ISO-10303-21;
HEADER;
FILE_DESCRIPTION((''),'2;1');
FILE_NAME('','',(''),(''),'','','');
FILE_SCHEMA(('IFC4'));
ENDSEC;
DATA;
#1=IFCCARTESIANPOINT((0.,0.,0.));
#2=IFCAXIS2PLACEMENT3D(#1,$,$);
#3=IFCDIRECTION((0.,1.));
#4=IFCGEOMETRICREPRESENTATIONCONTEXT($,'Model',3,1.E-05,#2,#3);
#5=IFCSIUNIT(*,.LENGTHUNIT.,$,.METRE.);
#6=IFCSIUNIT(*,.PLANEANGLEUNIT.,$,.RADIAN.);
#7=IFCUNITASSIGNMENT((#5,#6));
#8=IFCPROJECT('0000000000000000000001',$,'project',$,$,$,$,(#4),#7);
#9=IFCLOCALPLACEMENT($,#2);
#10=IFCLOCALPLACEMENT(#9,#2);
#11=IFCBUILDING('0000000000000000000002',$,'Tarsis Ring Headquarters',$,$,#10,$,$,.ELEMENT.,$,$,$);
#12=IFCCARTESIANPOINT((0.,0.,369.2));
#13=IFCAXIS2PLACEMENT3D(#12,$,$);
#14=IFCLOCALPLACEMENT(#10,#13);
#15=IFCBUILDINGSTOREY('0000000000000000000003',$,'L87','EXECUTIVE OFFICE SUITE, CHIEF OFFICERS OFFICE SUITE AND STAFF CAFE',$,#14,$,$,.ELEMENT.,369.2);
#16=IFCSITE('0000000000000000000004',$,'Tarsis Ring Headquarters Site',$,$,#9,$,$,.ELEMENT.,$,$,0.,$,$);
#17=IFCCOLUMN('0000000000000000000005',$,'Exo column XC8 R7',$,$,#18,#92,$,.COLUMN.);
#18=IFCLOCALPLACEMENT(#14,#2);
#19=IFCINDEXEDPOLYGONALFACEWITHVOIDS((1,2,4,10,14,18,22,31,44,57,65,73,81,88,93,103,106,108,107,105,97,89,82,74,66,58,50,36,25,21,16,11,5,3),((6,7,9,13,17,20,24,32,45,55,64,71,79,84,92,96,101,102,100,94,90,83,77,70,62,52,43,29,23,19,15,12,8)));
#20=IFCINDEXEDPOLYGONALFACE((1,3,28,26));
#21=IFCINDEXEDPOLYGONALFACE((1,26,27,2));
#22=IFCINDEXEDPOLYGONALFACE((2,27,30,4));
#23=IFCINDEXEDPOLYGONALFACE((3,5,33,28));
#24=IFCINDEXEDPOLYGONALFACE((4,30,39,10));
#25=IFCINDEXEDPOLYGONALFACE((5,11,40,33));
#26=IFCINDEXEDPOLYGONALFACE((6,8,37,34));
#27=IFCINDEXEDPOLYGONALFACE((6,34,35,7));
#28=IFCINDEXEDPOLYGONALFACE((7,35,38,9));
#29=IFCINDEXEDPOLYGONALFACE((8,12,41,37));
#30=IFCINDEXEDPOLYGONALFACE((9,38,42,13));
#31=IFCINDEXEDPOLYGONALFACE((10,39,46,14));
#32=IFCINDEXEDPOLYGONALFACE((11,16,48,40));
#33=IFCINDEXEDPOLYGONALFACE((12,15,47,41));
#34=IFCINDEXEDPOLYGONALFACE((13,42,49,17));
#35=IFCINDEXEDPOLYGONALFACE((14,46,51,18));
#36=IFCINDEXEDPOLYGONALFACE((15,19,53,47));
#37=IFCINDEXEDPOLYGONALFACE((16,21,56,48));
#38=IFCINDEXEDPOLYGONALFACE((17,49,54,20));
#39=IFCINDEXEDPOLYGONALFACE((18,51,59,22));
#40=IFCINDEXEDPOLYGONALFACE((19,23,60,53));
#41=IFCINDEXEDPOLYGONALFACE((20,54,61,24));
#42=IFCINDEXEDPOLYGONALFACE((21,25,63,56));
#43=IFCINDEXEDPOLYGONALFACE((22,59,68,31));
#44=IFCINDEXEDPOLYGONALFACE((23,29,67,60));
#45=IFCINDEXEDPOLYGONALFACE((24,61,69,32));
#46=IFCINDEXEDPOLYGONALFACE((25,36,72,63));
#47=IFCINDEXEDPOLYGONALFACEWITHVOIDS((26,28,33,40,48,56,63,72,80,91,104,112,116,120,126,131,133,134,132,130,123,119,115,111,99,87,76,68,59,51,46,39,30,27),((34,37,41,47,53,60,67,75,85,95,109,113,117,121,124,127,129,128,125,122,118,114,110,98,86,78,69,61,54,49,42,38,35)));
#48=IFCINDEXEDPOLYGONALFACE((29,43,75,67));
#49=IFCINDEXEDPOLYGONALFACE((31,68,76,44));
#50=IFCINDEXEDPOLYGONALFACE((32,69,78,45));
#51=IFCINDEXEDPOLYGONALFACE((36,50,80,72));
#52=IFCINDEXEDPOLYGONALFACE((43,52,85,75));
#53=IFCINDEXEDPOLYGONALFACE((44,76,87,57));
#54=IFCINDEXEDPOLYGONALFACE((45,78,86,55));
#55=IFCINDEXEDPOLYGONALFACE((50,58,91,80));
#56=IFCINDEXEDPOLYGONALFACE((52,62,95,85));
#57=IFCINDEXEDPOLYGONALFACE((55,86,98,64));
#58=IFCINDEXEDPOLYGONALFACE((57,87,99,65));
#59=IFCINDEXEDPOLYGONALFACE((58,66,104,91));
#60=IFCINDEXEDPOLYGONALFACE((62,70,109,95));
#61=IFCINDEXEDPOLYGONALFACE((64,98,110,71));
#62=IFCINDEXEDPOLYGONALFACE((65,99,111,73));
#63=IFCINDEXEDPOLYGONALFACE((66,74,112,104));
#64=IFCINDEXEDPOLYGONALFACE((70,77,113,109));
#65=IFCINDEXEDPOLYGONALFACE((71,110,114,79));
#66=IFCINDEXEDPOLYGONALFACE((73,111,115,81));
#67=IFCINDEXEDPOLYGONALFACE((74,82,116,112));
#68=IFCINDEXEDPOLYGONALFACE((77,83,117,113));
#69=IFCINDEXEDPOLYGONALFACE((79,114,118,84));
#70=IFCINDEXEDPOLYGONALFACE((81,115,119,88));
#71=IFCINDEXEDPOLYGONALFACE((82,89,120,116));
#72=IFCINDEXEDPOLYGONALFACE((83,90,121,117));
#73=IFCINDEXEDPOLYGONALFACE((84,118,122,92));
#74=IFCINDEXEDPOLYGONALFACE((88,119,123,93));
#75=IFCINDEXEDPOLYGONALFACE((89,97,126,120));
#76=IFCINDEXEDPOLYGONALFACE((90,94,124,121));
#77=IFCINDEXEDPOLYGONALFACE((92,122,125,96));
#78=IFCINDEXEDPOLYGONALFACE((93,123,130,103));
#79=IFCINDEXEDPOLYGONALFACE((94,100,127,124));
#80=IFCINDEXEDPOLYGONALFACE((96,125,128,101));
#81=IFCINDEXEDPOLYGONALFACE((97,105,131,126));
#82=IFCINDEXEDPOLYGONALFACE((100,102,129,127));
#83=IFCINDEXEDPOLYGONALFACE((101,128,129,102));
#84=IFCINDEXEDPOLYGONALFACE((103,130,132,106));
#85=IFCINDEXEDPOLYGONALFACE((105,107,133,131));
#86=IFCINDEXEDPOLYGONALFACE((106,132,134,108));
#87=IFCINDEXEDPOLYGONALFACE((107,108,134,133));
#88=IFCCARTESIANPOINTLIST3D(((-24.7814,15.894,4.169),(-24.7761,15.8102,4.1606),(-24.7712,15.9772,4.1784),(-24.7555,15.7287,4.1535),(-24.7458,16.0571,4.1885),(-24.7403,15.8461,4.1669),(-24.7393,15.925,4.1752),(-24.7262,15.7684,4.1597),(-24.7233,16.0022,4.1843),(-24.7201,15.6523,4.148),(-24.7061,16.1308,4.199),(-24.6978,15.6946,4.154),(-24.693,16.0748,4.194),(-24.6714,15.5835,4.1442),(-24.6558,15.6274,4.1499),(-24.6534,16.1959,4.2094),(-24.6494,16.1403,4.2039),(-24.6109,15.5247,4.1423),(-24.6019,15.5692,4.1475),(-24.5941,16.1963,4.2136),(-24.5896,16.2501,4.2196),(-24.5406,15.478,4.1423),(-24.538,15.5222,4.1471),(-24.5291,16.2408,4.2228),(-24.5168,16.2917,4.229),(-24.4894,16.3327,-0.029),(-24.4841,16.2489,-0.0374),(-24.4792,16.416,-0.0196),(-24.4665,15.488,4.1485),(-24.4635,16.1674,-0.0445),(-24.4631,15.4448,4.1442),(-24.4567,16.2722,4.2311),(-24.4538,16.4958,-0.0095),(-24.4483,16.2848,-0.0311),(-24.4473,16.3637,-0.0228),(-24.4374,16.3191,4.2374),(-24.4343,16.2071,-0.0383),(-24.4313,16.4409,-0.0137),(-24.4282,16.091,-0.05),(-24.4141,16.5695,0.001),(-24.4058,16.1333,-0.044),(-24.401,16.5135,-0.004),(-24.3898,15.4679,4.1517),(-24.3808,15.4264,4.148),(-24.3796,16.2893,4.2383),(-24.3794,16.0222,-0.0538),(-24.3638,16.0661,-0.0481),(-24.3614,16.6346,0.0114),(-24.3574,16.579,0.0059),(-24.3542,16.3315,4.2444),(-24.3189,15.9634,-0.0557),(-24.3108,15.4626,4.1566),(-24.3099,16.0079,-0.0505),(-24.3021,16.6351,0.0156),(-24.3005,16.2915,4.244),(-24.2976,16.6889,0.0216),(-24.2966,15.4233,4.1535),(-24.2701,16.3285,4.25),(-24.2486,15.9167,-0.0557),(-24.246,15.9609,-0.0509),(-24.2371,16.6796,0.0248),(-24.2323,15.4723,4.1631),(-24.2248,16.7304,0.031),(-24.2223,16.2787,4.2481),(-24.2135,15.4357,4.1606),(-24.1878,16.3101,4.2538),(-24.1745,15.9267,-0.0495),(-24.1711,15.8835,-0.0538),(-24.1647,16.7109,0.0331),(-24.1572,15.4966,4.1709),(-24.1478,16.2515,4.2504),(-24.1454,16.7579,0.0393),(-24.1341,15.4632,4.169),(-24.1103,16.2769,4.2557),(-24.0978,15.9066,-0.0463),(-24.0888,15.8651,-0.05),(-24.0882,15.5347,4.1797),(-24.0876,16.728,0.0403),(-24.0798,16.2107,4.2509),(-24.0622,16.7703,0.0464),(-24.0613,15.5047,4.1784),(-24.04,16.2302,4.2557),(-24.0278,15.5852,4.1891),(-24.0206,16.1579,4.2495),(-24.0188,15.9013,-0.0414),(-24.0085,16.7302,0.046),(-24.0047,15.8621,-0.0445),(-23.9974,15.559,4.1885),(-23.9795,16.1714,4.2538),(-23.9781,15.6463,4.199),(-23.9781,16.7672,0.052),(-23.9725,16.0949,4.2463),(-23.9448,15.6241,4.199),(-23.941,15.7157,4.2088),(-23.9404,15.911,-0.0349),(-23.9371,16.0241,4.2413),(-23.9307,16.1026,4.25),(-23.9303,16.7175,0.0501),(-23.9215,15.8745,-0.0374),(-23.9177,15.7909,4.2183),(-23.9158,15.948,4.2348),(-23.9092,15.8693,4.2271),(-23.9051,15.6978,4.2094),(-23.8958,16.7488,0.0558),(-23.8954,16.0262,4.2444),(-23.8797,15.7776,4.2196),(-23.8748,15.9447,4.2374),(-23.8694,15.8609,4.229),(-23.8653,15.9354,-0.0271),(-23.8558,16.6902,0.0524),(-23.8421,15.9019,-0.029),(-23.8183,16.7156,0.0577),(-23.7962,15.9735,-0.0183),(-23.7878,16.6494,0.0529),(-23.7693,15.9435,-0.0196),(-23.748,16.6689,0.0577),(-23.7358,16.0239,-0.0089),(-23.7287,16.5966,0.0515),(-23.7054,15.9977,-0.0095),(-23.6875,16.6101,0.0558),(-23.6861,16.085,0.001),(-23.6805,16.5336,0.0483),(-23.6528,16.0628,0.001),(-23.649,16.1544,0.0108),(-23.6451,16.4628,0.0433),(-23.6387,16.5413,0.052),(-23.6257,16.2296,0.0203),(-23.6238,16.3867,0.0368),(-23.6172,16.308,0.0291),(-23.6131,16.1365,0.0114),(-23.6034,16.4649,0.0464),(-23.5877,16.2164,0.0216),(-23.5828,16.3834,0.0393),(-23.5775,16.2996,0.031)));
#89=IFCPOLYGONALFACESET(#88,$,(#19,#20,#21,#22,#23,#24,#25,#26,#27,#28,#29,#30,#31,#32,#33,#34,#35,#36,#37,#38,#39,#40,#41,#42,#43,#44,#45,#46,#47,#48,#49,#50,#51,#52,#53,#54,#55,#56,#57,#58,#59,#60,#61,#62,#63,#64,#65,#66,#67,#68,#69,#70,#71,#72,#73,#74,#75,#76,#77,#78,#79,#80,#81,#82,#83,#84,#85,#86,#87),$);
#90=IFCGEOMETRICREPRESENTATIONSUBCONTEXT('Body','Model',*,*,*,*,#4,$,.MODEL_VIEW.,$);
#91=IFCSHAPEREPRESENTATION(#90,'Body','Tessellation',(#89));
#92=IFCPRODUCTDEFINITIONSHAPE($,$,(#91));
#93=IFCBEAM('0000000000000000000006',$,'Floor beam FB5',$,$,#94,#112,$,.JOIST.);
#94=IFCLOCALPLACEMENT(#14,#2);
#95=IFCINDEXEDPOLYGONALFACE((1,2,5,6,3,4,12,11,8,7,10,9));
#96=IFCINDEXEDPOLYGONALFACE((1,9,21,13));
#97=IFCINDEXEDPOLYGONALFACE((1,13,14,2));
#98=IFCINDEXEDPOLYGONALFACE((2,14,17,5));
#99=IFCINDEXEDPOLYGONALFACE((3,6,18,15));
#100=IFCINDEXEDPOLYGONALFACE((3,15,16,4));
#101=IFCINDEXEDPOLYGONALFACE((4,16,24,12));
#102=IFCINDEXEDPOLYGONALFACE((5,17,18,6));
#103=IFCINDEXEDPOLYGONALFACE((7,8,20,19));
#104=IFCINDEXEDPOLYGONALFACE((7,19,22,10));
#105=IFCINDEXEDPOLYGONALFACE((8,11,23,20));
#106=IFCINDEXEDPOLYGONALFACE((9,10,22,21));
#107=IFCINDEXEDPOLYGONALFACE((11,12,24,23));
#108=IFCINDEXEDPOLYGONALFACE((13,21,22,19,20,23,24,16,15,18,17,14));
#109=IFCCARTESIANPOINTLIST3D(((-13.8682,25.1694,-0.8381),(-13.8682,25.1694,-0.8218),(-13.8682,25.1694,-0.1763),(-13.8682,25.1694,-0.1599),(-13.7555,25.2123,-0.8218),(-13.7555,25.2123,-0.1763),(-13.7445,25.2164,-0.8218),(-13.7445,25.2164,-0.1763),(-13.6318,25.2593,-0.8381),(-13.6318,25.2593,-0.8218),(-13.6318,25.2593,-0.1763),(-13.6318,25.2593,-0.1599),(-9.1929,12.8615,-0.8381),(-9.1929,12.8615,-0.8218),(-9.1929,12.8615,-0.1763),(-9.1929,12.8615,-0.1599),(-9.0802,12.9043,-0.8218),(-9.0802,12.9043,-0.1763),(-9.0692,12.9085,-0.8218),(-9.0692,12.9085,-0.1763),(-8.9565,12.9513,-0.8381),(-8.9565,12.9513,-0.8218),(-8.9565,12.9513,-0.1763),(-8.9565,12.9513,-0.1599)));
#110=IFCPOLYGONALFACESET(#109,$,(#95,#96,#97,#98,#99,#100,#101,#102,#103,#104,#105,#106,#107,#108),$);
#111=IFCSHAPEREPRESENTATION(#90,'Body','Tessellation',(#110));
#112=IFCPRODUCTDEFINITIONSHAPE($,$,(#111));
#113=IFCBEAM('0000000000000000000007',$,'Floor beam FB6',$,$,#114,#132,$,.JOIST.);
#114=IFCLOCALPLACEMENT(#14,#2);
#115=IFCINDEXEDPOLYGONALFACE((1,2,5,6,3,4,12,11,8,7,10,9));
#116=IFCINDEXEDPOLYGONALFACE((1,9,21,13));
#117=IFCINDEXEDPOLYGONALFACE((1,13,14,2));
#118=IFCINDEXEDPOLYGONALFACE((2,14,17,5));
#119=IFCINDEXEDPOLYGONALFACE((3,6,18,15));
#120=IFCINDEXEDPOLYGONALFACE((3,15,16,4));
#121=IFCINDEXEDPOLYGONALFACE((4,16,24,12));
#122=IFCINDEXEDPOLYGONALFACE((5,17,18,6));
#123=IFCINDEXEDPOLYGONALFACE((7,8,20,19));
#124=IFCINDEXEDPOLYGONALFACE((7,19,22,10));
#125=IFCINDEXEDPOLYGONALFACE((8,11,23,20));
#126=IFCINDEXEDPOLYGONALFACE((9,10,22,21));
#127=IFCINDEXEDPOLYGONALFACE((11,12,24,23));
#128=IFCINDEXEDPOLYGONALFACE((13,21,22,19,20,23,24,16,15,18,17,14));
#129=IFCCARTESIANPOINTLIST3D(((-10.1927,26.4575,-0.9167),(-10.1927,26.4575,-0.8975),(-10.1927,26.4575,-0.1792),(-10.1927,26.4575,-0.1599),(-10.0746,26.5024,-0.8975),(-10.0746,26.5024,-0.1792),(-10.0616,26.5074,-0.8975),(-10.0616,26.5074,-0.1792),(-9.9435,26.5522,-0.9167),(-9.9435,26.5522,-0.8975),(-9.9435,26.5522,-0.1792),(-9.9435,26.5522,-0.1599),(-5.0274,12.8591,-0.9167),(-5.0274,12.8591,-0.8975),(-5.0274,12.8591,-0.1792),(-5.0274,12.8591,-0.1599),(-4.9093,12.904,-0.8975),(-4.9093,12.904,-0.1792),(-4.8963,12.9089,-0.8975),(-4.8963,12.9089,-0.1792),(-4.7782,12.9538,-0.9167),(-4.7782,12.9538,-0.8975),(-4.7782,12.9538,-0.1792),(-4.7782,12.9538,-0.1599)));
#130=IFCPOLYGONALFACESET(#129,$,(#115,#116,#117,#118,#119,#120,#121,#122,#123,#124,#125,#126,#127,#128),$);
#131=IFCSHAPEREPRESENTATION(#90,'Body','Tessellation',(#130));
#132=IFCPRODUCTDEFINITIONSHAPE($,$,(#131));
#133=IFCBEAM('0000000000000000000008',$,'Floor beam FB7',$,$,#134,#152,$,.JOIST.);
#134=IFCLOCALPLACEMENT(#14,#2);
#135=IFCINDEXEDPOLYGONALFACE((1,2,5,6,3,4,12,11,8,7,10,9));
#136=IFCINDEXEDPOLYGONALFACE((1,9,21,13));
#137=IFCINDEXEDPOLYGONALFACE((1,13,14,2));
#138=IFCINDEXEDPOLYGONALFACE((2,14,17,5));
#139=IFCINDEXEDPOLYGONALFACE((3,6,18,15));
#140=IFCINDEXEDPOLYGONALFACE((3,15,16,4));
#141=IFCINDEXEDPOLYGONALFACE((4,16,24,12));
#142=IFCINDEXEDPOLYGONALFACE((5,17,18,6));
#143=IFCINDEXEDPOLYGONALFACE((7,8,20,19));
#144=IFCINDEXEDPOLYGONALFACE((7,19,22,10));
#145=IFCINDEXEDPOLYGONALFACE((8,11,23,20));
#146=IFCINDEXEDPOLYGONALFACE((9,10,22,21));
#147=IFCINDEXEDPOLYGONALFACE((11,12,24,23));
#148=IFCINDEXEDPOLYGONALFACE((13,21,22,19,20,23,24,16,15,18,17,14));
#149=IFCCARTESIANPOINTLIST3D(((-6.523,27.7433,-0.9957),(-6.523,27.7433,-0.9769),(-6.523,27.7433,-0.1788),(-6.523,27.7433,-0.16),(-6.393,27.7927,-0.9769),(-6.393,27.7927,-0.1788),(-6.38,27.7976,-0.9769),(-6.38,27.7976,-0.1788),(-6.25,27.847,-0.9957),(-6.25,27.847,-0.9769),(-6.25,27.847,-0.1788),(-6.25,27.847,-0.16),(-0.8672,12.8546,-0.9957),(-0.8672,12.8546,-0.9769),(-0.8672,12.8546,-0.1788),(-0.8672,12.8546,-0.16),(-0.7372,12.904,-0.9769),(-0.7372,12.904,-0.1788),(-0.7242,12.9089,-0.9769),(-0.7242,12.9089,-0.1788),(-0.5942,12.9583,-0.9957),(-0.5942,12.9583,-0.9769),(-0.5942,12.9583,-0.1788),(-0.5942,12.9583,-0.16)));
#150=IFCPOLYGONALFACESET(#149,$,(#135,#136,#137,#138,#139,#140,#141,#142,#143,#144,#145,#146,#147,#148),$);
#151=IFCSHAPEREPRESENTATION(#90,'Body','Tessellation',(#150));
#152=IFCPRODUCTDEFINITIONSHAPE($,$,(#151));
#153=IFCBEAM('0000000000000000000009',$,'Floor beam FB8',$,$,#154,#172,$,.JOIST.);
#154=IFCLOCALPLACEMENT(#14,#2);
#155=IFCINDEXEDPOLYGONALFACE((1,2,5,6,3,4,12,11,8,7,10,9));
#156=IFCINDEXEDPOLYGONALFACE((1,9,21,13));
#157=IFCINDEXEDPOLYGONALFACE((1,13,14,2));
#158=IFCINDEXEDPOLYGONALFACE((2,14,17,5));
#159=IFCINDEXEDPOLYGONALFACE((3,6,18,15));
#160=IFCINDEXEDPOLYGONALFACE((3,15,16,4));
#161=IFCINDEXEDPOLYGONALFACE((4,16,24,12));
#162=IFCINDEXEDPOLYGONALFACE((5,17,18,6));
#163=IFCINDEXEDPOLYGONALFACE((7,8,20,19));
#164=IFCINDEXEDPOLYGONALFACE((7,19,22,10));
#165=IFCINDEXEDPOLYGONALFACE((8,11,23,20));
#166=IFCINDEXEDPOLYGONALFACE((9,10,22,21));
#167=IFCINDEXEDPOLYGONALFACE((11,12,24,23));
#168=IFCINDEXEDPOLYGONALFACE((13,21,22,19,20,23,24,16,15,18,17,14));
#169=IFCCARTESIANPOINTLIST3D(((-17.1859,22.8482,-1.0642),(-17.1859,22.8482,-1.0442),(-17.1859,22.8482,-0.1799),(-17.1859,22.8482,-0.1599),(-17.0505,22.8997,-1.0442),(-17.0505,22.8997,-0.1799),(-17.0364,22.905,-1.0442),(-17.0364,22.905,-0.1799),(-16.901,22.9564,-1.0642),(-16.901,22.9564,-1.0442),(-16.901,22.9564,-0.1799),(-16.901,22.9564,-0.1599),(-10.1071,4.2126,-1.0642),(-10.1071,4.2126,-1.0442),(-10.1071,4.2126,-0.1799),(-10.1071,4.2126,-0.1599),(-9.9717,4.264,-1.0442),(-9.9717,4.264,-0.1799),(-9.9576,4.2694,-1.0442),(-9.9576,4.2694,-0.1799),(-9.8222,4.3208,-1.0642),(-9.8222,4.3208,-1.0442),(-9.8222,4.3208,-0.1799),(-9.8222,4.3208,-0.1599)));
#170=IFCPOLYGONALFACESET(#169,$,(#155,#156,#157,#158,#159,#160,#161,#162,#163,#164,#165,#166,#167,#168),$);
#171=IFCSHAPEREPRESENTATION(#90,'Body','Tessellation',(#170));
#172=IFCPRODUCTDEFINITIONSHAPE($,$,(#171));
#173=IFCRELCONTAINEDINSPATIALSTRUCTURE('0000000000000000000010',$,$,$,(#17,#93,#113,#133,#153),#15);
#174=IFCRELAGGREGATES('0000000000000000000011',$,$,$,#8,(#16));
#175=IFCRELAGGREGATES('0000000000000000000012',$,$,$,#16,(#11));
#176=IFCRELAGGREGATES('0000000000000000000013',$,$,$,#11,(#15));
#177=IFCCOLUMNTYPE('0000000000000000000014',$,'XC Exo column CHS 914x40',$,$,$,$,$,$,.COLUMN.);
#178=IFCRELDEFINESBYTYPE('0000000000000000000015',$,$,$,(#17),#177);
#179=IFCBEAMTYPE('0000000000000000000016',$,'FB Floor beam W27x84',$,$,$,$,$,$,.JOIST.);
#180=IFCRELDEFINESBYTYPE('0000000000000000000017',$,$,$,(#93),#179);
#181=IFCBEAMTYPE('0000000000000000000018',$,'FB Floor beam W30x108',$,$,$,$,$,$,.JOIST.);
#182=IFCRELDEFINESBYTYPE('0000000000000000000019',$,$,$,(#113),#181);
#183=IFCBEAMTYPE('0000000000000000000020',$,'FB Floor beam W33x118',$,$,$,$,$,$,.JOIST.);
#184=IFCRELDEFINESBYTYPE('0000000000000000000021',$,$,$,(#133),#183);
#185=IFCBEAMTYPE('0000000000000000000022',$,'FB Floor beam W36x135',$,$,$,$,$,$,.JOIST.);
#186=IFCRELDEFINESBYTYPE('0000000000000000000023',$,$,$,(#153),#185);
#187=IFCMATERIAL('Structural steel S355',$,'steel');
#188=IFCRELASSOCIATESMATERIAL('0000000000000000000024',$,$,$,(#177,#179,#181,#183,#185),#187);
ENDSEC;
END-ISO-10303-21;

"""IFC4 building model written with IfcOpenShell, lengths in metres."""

from ifc_helpers import new_model, si_unit, direction, frame, origin, origin_2d, place, context, subcontext, project, spatial, hollow_circle, i_section, extrude, material, material_profile, profile_set, type_object, element, save


model = new_model("IFC4")

# Units and contexts
model_context = context("Model", 3, precision=1e-05, world=origin(), true_north=direction((0.0, 1.0)))
body_context = subcontext(model_context, "Body", "Model", "MODEL_VIEW")
ifc_project = project(units=[si_unit("LENGTHUNIT", "METRE"), si_unit("PLANEANGLEUNIT", "RADIAN")], contexts=[model_context])

# Site, building, storey
site_placement = place(None, origin())
site = spatial("IfcSite", under=ifc_project, at=site_placement, Name="Tarsis Ring Headquarters Site", CompositionType="ELEMENT", RefElevation=0.0)
building_placement = place(site_placement, origin())
building = spatial("IfcBuilding", under=site, at=building_placement, Name="Tarsis Ring Headquarters", CompositionType="ELEMENT")
storey_placement = place(building_placement, frame((0.0, 0.0, 369.2)))
storey = spatial("IfcBuildingStorey", under=building, at=storey_placement, Name="L87", Description="EXECUTIVE OFFICE SUITE, CHIEF OFFICERS OFFICE SUITE AND STAFF CAFE", CompositionType="ELEMENT", Elevation=369.2)

# Column
ifc_material_1 = material(Name="Structural steel S355", Category="steel")
ifc_material_profile_1 = material_profile(ifc_material_1, hollow_circle(Radius=0.457, WallThickness=0.04, at=origin_2d()), Name="CHS 914x40")
ifc_profile_set_1 = profile_set([ifc_material_profile_1], Name="Structural steel S355")
column_type = type_object("IfcColumnType", Name="XC Exo column CHS 914x40", PredefinedType="COLUMN", material=ifc_profile_set_1)
for number, where, z_axis, x_axis, name in (
    (1, (-24.0334, 16.3162, 0.001), (-0.069013, -0.103693, 0.992212), (0.832478, -0.554059, 0.0), "Exo column XC8 R7"),
):
    element("IfcColumn", number, at=place(storey_placement, frame(where, z_axis=z_axis, x_axis=x_axis)), inside=storey, type_object=column_type, Name=name, PredefinedType="COLUMN", context=body_context, shape_type="SweptSolid", body=[
        extrude(hollow_circle(Radius=0.4573, WallThickness=0.04, at=origin_2d()), origin(), (0.0, 0.0, 1.0), 4.231),
    ])

# Beams
ifc_material_profile_2 = material_profile(ifc_material_1, i_section(OverallWidth=0.2529, OverallDepth=0.6782, WebThickness=0.0117, FlangeThickness=0.0164, at=origin_2d()), Name="W27x84")
ifc_profile_set_2 = profile_set([ifc_material_profile_2], Name="Structural steel S355")
beam_type_1 = type_object("IfcBeamType", Name="FB Floor beam W27x84", PredefinedType="JOIST", material=ifc_profile_set_2)
beam_1_placement = place(storey_placement, frame((-13.75, 25.2144, -0.499), z_axis=(0.355105, -0.934826, 0.0), x_axis=(0.934826, 0.355105, 0.0)))
element("IfcBeam", 2, at=beam_1_placement, inside=storey, type_object=beam_type_1, Name="Floor beam FB5", PredefinedType="JOIST", context=body_context, shape_type="SweptSolid", body=[
    extrude(i_section(OverallWidth=0.2529, OverallDepth=0.6782, WebThickness=0.0117, FlangeThickness=0.0164, at=origin_2d()), origin(), (0.0, 0.0, 1.0), 13.166),
])
ifc_material_profile_3 = material_profile(ifc_material_1, i_section(OverallWidth=0.2666, OverallDepth=0.7568, WebThickness=0.0139, FlangeThickness=0.0193, at=origin_2d()), Name="W30x108")
ifc_profile_set_3 = profile_set([ifc_material_profile_3], Name="Structural steel S355")
beam_type_2 = type_object("IfcBeamType", Name="FB Floor beam W30x108", PredefinedType="JOIST", material=ifc_profile_set_3)
beam_2_placement = place(storey_placement, frame((-10.0681, 26.5049, -0.5383), z_axis=(0.355091, -0.934832, 0.0), x_axis=(0.934832, 0.355091, 0.0)))
element("IfcBeam", 3, at=beam_2_placement, inside=storey, type_object=beam_type_2, Name="Floor beam FB6", PredefinedType="JOIST", context=body_context, shape_type="SweptSolid", body=[
    extrude(i_section(OverallWidth=0.2666, OverallDepth=0.7568, WebThickness=0.0139, FlangeThickness=0.0193, at=origin_2d()), origin(), (0.0, 0.0, 1.0), 14.5464),
])
ifc_material_profile_4 = material_profile(ifc_material_1, i_section(OverallWidth=0.292, OverallDepth=0.8357, WebThickness=0.0139, FlangeThickness=0.0188, at=origin_2d()), Name="W33x118")
ifc_profile_set_4 = profile_set([ifc_material_profile_4], Name="Structural steel S355")
beam_type_3 = type_object("IfcBeamType", Name="FB Floor beam W33x118", PredefinedType="JOIST", material=ifc_profile_set_4)
beam_3_placement = place(storey_placement, frame((-6.3865, 27.7952, -0.5779), z_axis=(0.355112, -0.934824, 0.0), x_axis=(0.934824, 0.355112, 0.0)))
element("IfcBeam", 4, at=beam_3_placement, inside=storey, type_object=beam_type_3, Name="Floor beam FB7", PredefinedType="JOIST", context=body_context, shape_type="SweptSolid", body=[
    extrude(i_section(OverallWidth=0.292, OverallDepth=0.8357, WebThickness=0.0139, FlangeThickness=0.0188, at=origin_2d()), origin(), (0.0, 0.0, 1.0), 15.9268),
])
ifc_material_profile_5 = material_profile(ifc_material_1, i_section(OverallWidth=0.3047, OverallDepth=0.9043, WebThickness=0.0151, FlangeThickness=0.02, at=origin_2d()), Name="W36x135")
ifc_profile_set_5 = profile_set([ifc_material_profile_5], Name="Structural steel S355")
beam_type_4 = type_object("IfcBeamType", Name="FB Floor beam W36x135", PredefinedType="JOIST", material=ifc_profile_set_5)
beam_4_placement = place(storey_placement, frame((-17.0435, 22.9023, -0.6121), z_axis=(0.355098, -0.934829, 0.0), x_axis=(0.934829, 0.355098, 0.0)))
element("IfcBeam", 5, at=beam_4_placement, inside=storey, type_object=beam_type_4, Name="Floor beam FB8", PredefinedType="JOIST", context=body_context, shape_type="SweptSolid", body=[
    extrude(i_section(OverallWidth=0.3047, OverallDepth=0.9043, WebThickness=0.0151, FlangeThickness=0.02, at=origin_2d()), origin(), (0.0, 0.0, 1.0), 19.9348),
])

save(model, "model.ifc")
